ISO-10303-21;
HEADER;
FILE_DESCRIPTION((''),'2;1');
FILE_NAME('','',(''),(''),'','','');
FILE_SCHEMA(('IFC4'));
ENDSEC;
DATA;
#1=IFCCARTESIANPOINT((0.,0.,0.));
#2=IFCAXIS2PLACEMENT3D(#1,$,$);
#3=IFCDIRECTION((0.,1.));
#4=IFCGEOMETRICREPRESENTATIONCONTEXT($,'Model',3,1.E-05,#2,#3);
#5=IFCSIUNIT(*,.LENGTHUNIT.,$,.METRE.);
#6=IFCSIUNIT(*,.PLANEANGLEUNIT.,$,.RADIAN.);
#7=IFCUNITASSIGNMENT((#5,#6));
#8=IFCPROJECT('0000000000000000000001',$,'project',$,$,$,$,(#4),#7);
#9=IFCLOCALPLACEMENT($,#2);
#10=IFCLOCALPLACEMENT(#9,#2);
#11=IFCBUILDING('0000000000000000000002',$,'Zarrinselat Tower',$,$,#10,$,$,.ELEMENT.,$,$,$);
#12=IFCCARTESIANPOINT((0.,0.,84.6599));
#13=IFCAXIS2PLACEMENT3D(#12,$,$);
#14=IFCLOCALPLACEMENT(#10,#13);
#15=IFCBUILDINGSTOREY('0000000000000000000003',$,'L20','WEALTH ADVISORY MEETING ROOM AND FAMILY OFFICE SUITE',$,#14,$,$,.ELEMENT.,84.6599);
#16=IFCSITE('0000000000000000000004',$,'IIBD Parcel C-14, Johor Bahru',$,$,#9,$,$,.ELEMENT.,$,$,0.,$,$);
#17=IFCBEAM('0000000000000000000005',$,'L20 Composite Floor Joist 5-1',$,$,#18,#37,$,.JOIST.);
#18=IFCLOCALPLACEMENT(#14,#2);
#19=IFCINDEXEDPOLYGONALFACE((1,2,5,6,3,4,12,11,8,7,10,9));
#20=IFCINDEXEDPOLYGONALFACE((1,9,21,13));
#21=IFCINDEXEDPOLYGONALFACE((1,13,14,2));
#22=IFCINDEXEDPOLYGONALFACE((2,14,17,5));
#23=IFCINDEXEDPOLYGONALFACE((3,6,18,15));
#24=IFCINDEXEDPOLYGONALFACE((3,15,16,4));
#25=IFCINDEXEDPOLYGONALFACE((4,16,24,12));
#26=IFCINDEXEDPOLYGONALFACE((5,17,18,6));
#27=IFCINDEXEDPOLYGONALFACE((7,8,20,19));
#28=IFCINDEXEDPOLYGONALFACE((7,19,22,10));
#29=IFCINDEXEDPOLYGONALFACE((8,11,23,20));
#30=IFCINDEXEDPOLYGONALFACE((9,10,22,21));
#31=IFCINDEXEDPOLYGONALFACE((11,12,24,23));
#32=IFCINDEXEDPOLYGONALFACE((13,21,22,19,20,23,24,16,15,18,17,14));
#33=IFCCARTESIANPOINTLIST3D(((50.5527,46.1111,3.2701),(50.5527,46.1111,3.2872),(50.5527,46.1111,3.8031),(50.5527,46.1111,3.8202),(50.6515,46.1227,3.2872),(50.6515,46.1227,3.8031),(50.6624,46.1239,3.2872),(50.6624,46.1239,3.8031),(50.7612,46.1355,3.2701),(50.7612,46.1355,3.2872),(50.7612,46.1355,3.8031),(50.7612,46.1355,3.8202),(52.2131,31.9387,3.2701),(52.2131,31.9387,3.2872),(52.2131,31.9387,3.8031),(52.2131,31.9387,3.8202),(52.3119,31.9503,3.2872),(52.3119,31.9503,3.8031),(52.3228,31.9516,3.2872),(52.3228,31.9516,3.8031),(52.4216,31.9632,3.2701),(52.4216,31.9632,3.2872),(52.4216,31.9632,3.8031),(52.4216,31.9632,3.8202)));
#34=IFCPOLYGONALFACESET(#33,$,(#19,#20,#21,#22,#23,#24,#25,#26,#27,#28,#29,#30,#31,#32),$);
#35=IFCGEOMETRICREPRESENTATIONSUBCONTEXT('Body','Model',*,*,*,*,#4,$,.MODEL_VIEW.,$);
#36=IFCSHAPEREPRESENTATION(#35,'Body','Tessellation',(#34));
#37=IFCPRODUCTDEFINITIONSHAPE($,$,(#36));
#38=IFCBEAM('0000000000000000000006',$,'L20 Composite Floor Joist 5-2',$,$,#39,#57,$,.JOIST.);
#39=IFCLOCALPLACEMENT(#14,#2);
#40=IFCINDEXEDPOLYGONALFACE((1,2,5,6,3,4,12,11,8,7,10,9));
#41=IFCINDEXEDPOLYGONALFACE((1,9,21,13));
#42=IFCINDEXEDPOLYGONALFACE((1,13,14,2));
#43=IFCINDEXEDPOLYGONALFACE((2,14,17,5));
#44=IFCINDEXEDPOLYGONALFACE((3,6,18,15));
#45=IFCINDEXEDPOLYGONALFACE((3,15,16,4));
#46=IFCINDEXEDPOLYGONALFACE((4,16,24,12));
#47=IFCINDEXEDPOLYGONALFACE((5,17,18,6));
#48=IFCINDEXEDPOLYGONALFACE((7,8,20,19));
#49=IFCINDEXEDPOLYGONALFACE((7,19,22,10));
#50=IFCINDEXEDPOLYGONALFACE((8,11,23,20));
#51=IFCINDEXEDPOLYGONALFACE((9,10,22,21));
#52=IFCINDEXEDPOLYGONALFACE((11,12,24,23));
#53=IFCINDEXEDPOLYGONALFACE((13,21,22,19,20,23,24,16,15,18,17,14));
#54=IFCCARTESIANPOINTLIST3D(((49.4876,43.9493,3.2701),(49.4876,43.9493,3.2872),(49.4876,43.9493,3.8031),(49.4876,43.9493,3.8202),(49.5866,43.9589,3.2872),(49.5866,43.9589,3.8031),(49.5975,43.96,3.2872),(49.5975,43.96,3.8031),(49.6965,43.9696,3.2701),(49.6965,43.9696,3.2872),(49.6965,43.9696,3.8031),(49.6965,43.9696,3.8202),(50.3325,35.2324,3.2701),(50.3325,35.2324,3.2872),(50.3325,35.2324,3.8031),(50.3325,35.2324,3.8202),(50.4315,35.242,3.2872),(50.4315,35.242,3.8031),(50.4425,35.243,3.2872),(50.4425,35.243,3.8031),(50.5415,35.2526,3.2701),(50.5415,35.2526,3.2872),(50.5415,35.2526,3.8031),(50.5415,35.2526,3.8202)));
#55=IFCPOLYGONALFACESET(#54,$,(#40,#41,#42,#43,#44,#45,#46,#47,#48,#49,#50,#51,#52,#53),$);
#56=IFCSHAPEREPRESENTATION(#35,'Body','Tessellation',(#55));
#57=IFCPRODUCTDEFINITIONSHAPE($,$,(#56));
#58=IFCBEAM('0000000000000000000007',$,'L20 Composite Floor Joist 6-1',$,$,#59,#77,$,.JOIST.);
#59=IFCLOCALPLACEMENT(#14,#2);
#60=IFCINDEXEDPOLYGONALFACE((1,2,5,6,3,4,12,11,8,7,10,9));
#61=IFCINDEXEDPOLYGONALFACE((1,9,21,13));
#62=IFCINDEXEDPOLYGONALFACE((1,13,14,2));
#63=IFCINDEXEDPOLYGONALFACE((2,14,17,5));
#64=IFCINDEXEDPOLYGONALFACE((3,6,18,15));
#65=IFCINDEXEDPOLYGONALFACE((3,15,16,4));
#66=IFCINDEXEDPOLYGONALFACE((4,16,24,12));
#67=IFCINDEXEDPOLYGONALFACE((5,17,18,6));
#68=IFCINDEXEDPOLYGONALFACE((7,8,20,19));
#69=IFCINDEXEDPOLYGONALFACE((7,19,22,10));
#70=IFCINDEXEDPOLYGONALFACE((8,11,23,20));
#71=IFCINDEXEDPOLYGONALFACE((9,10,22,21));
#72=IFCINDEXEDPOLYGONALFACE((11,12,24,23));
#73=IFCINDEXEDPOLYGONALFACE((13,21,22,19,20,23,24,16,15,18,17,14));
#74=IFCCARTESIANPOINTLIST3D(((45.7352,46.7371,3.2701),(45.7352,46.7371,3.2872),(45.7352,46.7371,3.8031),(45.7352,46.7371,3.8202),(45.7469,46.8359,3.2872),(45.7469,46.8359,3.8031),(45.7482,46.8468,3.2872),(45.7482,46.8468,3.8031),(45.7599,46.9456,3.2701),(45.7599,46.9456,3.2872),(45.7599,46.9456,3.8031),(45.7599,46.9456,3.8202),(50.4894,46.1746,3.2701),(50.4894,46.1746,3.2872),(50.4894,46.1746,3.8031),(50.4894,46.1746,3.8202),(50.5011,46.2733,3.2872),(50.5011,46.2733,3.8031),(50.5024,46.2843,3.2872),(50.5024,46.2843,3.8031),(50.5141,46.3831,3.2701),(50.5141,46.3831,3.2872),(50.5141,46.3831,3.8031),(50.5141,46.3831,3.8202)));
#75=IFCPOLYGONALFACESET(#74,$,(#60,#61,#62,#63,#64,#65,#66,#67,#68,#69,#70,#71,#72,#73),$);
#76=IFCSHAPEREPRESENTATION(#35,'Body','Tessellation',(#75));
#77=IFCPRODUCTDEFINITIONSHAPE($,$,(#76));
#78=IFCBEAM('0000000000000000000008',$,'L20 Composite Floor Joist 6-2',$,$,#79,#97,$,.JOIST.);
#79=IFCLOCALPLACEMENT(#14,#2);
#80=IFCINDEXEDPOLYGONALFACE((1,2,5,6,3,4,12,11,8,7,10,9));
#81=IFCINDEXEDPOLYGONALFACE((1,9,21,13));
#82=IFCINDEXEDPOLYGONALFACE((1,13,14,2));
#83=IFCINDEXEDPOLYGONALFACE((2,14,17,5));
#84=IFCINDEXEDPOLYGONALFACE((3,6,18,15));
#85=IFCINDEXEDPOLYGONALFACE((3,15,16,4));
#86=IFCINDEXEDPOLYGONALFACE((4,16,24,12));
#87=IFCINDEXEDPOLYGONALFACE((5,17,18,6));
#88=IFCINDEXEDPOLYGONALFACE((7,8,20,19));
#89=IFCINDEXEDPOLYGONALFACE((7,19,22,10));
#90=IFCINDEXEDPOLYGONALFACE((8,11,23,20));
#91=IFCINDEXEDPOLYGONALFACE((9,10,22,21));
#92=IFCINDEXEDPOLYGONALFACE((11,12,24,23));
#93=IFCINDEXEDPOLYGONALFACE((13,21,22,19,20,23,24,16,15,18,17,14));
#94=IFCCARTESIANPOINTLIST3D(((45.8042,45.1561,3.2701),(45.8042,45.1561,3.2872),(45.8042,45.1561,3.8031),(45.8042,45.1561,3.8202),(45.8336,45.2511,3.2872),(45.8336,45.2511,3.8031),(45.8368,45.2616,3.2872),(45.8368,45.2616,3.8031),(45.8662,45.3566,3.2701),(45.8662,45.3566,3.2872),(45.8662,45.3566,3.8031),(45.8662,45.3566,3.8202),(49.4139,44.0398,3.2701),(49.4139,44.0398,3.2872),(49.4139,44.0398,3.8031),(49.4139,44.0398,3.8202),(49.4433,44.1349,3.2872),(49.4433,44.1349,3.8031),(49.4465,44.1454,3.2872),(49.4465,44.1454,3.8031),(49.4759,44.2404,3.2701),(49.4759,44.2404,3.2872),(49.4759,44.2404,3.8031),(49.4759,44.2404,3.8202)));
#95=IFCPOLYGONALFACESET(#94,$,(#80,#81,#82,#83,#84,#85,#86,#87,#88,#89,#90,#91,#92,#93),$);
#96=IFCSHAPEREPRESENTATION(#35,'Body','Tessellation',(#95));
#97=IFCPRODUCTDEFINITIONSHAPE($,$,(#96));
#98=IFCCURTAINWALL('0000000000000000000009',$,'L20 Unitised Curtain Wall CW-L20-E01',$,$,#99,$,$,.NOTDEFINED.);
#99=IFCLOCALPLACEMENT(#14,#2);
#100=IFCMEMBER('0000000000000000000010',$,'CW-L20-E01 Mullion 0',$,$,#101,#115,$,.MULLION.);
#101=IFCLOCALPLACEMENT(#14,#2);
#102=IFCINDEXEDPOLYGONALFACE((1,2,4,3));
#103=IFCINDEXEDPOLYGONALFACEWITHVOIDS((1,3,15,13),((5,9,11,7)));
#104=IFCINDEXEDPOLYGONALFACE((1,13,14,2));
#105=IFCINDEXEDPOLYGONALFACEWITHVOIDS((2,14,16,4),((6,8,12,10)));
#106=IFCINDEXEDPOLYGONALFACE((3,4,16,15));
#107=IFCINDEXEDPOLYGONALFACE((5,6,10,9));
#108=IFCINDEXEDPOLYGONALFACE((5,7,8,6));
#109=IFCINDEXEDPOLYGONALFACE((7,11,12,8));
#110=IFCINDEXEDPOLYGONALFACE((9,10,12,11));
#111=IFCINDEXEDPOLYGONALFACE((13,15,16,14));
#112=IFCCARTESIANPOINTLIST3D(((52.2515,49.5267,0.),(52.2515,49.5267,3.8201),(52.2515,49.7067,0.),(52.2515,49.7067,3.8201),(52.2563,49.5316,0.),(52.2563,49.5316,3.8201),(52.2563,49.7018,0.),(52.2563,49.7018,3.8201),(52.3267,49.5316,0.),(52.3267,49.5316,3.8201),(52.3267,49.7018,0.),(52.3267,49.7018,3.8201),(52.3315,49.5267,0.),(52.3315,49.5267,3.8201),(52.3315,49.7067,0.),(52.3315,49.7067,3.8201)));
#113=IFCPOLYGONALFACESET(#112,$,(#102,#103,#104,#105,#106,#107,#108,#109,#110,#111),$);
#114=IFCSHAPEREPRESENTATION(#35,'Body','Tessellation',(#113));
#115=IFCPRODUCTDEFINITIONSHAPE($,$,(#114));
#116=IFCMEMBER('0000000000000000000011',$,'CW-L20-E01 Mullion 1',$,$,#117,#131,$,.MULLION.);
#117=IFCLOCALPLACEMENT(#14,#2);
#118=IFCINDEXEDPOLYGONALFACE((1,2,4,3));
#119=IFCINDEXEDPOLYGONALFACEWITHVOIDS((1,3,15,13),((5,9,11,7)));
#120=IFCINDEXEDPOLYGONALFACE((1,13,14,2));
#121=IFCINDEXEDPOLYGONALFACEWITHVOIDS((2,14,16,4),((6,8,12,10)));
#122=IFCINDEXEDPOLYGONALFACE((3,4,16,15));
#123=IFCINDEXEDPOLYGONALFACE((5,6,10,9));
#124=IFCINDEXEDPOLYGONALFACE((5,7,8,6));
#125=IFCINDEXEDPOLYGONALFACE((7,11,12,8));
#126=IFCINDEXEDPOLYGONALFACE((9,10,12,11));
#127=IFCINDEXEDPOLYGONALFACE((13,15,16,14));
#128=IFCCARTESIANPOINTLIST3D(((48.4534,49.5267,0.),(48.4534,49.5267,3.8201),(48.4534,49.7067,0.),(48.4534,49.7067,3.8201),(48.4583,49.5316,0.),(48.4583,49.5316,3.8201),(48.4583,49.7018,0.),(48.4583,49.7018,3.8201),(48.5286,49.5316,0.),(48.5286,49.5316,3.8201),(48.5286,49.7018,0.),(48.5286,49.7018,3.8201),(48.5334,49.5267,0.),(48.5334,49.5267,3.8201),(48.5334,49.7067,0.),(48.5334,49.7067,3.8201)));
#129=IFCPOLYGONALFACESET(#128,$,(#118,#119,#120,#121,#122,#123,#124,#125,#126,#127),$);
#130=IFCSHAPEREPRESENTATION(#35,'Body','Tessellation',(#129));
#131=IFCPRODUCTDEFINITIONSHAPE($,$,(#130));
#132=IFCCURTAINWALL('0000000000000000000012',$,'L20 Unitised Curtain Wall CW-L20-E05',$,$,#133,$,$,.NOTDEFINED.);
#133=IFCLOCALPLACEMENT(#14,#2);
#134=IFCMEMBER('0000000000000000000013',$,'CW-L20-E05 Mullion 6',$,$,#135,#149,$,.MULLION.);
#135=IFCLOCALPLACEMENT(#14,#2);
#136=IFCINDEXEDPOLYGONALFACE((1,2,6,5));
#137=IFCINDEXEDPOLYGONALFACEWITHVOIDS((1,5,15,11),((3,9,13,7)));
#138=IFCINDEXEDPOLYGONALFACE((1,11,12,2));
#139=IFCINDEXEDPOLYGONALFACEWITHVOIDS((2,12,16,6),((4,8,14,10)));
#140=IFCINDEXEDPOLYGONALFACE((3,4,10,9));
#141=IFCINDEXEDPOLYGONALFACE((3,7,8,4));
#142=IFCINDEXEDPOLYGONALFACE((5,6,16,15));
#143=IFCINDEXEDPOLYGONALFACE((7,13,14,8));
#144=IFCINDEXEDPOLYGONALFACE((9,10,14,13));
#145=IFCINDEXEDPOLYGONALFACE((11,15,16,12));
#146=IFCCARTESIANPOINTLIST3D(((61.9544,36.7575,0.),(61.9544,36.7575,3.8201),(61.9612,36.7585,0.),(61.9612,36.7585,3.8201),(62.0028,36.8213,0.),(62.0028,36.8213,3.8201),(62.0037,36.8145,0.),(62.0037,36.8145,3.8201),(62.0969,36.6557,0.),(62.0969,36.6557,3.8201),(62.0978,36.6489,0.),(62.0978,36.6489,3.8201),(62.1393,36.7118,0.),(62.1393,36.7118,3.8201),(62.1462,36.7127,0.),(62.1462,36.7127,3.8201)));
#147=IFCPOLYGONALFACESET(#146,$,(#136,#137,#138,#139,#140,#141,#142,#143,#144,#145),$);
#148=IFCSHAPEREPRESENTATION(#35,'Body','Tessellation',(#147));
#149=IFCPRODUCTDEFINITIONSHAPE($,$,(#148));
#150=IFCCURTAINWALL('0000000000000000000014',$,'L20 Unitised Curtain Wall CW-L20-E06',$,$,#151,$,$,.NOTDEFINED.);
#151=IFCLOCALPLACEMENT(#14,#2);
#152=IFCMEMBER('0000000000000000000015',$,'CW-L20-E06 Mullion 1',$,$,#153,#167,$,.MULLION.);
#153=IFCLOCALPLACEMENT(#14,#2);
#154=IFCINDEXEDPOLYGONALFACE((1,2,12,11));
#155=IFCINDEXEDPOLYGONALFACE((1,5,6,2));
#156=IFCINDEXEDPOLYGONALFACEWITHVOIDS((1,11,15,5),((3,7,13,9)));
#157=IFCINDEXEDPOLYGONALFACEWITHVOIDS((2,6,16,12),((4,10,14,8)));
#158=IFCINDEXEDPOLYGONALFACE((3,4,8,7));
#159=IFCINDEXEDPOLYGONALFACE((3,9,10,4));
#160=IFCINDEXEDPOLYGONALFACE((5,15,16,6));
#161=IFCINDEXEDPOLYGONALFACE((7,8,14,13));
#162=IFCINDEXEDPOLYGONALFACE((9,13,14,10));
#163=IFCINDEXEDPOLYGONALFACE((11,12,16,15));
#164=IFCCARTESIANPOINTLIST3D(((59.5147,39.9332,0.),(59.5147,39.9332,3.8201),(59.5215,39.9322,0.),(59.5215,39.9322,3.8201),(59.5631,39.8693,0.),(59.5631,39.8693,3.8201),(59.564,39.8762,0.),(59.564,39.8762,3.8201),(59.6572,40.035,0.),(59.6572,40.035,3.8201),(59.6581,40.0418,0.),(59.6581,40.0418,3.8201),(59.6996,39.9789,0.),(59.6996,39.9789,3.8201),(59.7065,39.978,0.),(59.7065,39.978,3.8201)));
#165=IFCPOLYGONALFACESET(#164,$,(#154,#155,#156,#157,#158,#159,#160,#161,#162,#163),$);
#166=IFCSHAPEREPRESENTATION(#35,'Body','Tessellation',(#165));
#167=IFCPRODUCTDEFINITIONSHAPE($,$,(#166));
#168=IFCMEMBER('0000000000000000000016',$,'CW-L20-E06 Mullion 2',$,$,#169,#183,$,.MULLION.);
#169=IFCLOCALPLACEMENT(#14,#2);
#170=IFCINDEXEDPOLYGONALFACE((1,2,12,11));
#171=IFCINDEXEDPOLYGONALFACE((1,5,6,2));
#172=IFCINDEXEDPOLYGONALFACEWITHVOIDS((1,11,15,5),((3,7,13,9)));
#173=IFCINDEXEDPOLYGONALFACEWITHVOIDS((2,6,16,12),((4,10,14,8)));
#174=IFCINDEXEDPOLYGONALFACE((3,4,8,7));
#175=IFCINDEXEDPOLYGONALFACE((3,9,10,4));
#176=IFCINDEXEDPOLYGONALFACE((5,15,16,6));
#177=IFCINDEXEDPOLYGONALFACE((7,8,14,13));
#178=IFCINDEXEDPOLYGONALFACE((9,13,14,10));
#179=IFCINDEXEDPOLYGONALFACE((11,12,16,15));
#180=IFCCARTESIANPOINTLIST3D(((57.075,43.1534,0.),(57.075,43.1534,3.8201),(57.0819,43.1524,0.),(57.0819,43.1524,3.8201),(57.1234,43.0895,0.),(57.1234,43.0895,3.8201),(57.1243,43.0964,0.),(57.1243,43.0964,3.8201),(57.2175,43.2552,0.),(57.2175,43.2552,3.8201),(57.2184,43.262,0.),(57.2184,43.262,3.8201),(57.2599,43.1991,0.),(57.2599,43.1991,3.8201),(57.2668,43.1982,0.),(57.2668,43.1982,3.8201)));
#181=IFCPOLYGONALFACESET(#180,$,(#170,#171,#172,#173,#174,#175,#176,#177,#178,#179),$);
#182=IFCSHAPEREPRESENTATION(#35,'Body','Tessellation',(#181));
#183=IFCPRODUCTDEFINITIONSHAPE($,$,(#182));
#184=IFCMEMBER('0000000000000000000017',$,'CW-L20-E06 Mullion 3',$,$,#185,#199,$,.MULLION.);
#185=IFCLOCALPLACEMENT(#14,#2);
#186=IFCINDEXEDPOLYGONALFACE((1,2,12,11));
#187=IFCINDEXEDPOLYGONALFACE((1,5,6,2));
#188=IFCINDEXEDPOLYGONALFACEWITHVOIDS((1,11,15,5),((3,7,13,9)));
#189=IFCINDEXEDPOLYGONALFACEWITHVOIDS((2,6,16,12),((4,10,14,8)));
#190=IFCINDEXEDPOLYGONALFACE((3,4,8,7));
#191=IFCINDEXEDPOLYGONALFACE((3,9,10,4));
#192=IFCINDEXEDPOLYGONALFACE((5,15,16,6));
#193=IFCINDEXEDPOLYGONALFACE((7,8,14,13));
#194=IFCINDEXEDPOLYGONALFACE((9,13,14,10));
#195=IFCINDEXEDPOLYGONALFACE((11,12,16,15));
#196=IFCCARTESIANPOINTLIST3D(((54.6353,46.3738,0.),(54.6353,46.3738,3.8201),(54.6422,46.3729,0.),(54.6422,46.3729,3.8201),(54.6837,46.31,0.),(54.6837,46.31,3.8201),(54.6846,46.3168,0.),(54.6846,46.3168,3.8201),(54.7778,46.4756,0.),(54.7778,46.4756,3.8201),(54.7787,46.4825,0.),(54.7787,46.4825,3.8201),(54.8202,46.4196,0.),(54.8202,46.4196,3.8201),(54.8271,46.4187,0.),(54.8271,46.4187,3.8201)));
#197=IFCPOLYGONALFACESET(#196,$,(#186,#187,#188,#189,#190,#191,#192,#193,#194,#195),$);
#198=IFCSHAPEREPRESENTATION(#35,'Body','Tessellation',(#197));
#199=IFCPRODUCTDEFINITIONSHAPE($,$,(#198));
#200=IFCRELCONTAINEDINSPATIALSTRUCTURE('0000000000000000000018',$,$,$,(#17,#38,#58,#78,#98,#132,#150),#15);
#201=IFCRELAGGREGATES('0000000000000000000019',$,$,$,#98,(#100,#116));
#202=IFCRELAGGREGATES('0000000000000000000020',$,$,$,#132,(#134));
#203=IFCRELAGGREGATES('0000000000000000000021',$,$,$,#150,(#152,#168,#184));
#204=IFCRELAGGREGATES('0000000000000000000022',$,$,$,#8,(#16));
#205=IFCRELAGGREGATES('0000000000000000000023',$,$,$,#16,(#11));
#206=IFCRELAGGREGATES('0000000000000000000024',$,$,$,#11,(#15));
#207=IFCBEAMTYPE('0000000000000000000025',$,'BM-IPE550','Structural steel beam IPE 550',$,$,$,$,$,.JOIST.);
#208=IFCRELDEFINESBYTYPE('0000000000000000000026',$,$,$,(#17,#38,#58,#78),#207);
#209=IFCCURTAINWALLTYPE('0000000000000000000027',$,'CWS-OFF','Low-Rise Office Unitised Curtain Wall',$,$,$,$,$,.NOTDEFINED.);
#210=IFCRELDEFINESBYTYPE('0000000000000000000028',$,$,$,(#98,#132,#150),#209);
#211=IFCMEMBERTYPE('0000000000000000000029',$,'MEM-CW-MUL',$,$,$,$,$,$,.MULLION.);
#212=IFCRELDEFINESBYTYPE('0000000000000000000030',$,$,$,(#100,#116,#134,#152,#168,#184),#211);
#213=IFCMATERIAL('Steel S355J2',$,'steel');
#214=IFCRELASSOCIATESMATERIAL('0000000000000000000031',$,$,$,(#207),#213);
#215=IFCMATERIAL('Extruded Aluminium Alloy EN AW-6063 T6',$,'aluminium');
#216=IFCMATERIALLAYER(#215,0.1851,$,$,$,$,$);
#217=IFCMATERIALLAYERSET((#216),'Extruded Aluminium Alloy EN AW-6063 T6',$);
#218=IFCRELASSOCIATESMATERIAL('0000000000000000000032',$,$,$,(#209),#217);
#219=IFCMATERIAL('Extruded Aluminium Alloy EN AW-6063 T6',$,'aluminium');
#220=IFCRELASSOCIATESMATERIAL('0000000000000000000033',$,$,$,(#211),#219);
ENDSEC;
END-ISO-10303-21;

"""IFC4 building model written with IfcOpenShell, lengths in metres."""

from ifc_helpers import new_model, si_unit, direction, frame, origin, origin_2d, place, context, subcontext, project, spatial, hollow_rectangle, i_section, extrude, material, layer, layer_set, material_profile, profile_set, type_object, element, aggregate, save


model = new_model("IFC4")

# Units and contexts
model_context = context("Model", 3, precision=1e-05, world=origin(), true_north=direction((0.0, 1.0)))
body_context = subcontext(model_context, "Body", "Model", "MODEL_VIEW")
ifc_project = project(units=[si_unit("LENGTHUNIT", "METRE"), si_unit("PLANEANGLEUNIT", "RADIAN")], contexts=[model_context])

# Site, building, storey
site_placement = place(None, origin())
site = spatial("IfcSite", under=ifc_project, at=site_placement, Name="IIBD Parcel C-14, Johor Bahru", CompositionType="ELEMENT", RefElevation=0.0)
building_placement = place(site_placement, origin())
building = spatial("IfcBuilding", under=site, at=building_placement, Name="Zarrinselat Tower", CompositionType="ELEMENT")
storey_placement = place(building_placement, frame((0.0, 0.0, 84.6599)))
storey = spatial("IfcBuildingStorey", under=building, at=storey_placement, Name="L20", Description="WEALTH ADVISORY MEETING ROOM AND FAMILY OFFICE SUITE", CompositionType="ELEMENT", Elevation=84.6599)

# Beams
ifc_material_1 = material(Name="Steel S355J2", Category="steel")
ifc_material_profile_1 = material_profile(ifc_material_1, i_section(OverallWidth=0.21, OverallDepth=0.55, WebThickness=0.011, FlangeThickness=0.0171, at=origin_2d()), Name="IPE 550")
ifc_profile_set_1 = profile_set([ifc_material_profile_1], Name="Steel S355J2")
beam_type_1 = type_object("IfcBeamType", Name="BM-IPE550", Description="Structural steel beam IPE 550", PredefinedType="JOIST", material=ifc_profile_set_1)
beam_1_placement = place(storey_placement, frame((50.657, 46.1233, 3.5452), z_axis=(0.116362, -0.993207, 0.0), x_axis=(0.993207, 0.116362, 0.0)))
element("IfcBeam", 1, at=beam_1_placement, inside=storey, type_object=beam_type_1, Name="L20 Composite Floor Joist 5-1", PredefinedType="JOIST", context=body_context, shape_type="SweptSolid", body=[
    extrude(i_section(OverallWidth=0.21, OverallDepth=0.55, WebThickness=0.011, FlangeThickness=0.0171, at=origin_2d()), origin(), (0.0, 0.0, 1.0), 14.2693),
])
beam_2_placement = place(storey_placement, frame((49.592, 43.9595, 3.5452), z_axis=(0.096481, -0.995335, 0.0), x_axis=(0.995335, 0.096481, 0.0)))
element("IfcBeam", 2, at=beam_2_placement, inside=storey, type_object=beam_type_1, Name="L20 Composite Floor Joist 5-2", PredefinedType="JOIST", context=body_context, shape_type="SweptSolid", body=[
    extrude(i_section(OverallWidth=0.21, OverallDepth=0.55, WebThickness=0.011, FlangeThickness=0.0171, at=origin_2d()), origin(), (0.0, 0.0, 1.0), 8.7578),
])
beam_3_placement = place(storey_placement, frame((45.7476, 46.8413, 3.5452), z_axis=(0.993073, -0.117498, 0.0), x_axis=(0.117498, 0.993073, 0.0)))
element("IfcBeam", 3, at=beam_3_placement, inside=storey, type_object=beam_type_1, Name="L20 Composite Floor Joist 6-1", PredefinedType="JOIST", context=body_context, shape_type="SweptSolid", body=[
    extrude(i_section(OverallWidth=0.21, OverallDepth=0.55, WebThickness=0.011, FlangeThickness=0.0171, at=origin_2d()), origin(), (0.0, 0.0, 1.0), 4.7874),
])
beam_4_placement = place(storey_placement, frame((45.8352, 45.2563, 3.5452), z_axis=(0.955365, -0.29543, 0.0), x_axis=(0.29543, 0.955365, 0.0)))
element("IfcBeam", 4, at=beam_4_placement, inside=storey, type_object=beam_type_1, Name="L20 Composite Floor Joist 6-2", PredefinedType="JOIST", context=body_context, shape_type="SweptSolid", body=[
    extrude(i_section(OverallWidth=0.21, OverallDepth=0.55, WebThickness=0.011, FlangeThickness=0.0171, at=origin_2d()), origin(), (0.0, 0.0, 1.0), 3.7783),
])

# Curtain wall, members
ifc_material_2 = material(Name="Extruded Aluminium Alloy EN AW-6063 T6", Category="aluminium")
ifc_layer_1 = layer(ifc_material_2, 0.1851)
ifc_layer_set_1 = layer_set([ifc_layer_1], Name="Extruded Aluminium Alloy EN AW-6063 T6")
curtain_wall_type = type_object("IfcCurtainWallType", Name="CWS-OFF", Description="Low-Rise Office Unitised Curtain Wall", PredefinedType="NOTDEFINED", material=ifc_layer_set_1)
curtain_wall_1_placement = place(storey_placement, origin())
curtain_wall_1 = element("IfcCurtainWall", 5, at=curtain_wall_1_placement, inside=storey, type_object=curtain_wall_type, Name="L20 Unitised Curtain Wall CW-L20-E01", PredefinedType="NOTDEFINED")
ifc_material_3 = material(Name="Extruded Aluminium Alloy EN AW-6063 T6", Category="aluminium")
ifc_material_profile_2 = material_profile(ifc_material_3, hollow_rectangle(XDim=0.0801, YDim=0.1799, WallThickness=0.0049, at=origin_2d()), Name="RHS 180x80x5")
ifc_profile_set_2 = profile_set([ifc_material_profile_2], Name="Extruded Aluminium Alloy EN AW-6063 T6")
member_type_1 = type_object("IfcMemberType", Name="MEM-CW-MUL", PredefinedType="MULLION", material=ifc_profile_set_2)
member_1_placement = place(storey_placement, frame((52.2915, 49.6167, 0.0), z_axis=(0.0, 0.0, 1.0), x_axis=(-1.0, 0.0, 0.0)))
member_1 = element("IfcMember", 6, at=member_1_placement, type_object=member_type_1, Name="CW-L20-E01 Mullion 0", PredefinedType="MULLION", context=body_context, shape_type="SweptSolid", body=[
    extrude(hollow_rectangle(XDim=0.0801, YDim=0.1799, WallThickness=0.0049, at=origin_2d()), origin(), (0.0, 0.0, 1.0), 3.8201),
])
member_2_placement = place(storey_placement, frame((48.4934, 49.6167, 0.0), z_axis=(0.0, 0.0, 1.0), x_axis=(-1.0, 0.0, 0.0)))
member_2 = element("IfcMember", 7, at=member_2_placement, type_object=member_type_1, Name="CW-L20-E01 Mullion 1", PredefinedType="MULLION", context=body_context, shape_type="SweptSolid", body=[
    extrude(hollow_rectangle(XDim=0.0801, YDim=0.1799, WallThickness=0.0049, at=origin_2d()), origin(), (0.0, 0.0, 1.0), 3.8201),
])

# Curtain wall, member
curtain_wall_2_placement = place(storey_placement, origin())
curtain_wall_2 = element("IfcCurtainWall", 8, at=curtain_wall_2_placement, inside=storey, type_object=curtain_wall_type, Name="L20 Unitised Curtain Wall CW-L20-E05", PredefinedType="NOTDEFINED")
member_3_placement = place(storey_placement, frame((62.0503, 36.7351, 0.0), z_axis=(0.0, 0.0, 1.0), x_axis=(0.603856, 0.797094, 0.0)))
member_3 = element("IfcMember", 9, at=member_3_placement, type_object=member_type_1, Name="CW-L20-E05 Mullion 6", PredefinedType="MULLION", context=body_context, shape_type="SweptSolid", body=[
    extrude(hollow_rectangle(XDim=0.0801, YDim=0.1799, WallThickness=0.0049, at=origin_2d()), origin(), (0.0, 0.0, 1.0), 3.8201),
])

# Curtain wall, members
curtain_wall_3_placement = place(storey_placement, origin())
curtain_wall_3 = element("IfcCurtainWall", 10, at=curtain_wall_3_placement, inside=storey, type_object=curtain_wall_type, Name="L20 Unitised Curtain Wall CW-L20-E06", PredefinedType="NOTDEFINED")
member_4_placement = place(storey_placement, frame((59.6106, 39.9556, 0.0), z_axis=(0.0, 0.0, 1.0), x_axis=(-0.603858, 0.797092, 0.0)))
member_4 = element("IfcMember", 11, at=member_4_placement, type_object=member_type_1, Name="CW-L20-E06 Mullion 1", PredefinedType="MULLION", context=body_context, shape_type="SweptSolid", body=[
    extrude(hollow_rectangle(XDim=0.0801, YDim=0.1799, WallThickness=0.0049, at=origin_2d()), origin(), (0.0, 0.0, 1.0), 3.8201),
])
member_5_placement = place(storey_placement, frame((57.1709, 43.1758, 0.0), z_axis=(0.0, 0.0, 1.0), x_axis=(-0.603858, 0.797092, 0.0)))
member_5 = element("IfcMember", 12, at=member_5_placement, type_object=member_type_1, Name="CW-L20-E06 Mullion 2", PredefinedType="MULLION", context=body_context, shape_type="SweptSolid", body=[
    extrude(hollow_rectangle(XDim=0.0801, YDim=0.1799, WallThickness=0.0049, at=origin_2d()), origin(), (0.0, 0.0, 1.0), 3.8201),
])
member_6_placement = place(storey_placement, frame((54.7312, 46.3962, 0.0), z_axis=(0.0, 0.0, 1.0), x_axis=(-0.603858, 0.797092, 0.0)))
member_6 = element("IfcMember", 13, at=member_6_placement, type_object=member_type_1, Name="CW-L20-E06 Mullion 3", PredefinedType="MULLION", context=body_context, shape_type="SweptSolid", body=[
    extrude(hollow_rectangle(XDim=0.0801, YDim=0.1799, WallThickness=0.0049, at=origin_2d()), origin(), (0.0, 0.0, 1.0), 3.8201),
])

aggregate(curtain_wall_1, [member_1, member_2])
aggregate(curtain_wall_2, [member_3])
aggregate(curtain_wall_3, [member_4, member_5, member_6])

save(model, "model.ifc")
